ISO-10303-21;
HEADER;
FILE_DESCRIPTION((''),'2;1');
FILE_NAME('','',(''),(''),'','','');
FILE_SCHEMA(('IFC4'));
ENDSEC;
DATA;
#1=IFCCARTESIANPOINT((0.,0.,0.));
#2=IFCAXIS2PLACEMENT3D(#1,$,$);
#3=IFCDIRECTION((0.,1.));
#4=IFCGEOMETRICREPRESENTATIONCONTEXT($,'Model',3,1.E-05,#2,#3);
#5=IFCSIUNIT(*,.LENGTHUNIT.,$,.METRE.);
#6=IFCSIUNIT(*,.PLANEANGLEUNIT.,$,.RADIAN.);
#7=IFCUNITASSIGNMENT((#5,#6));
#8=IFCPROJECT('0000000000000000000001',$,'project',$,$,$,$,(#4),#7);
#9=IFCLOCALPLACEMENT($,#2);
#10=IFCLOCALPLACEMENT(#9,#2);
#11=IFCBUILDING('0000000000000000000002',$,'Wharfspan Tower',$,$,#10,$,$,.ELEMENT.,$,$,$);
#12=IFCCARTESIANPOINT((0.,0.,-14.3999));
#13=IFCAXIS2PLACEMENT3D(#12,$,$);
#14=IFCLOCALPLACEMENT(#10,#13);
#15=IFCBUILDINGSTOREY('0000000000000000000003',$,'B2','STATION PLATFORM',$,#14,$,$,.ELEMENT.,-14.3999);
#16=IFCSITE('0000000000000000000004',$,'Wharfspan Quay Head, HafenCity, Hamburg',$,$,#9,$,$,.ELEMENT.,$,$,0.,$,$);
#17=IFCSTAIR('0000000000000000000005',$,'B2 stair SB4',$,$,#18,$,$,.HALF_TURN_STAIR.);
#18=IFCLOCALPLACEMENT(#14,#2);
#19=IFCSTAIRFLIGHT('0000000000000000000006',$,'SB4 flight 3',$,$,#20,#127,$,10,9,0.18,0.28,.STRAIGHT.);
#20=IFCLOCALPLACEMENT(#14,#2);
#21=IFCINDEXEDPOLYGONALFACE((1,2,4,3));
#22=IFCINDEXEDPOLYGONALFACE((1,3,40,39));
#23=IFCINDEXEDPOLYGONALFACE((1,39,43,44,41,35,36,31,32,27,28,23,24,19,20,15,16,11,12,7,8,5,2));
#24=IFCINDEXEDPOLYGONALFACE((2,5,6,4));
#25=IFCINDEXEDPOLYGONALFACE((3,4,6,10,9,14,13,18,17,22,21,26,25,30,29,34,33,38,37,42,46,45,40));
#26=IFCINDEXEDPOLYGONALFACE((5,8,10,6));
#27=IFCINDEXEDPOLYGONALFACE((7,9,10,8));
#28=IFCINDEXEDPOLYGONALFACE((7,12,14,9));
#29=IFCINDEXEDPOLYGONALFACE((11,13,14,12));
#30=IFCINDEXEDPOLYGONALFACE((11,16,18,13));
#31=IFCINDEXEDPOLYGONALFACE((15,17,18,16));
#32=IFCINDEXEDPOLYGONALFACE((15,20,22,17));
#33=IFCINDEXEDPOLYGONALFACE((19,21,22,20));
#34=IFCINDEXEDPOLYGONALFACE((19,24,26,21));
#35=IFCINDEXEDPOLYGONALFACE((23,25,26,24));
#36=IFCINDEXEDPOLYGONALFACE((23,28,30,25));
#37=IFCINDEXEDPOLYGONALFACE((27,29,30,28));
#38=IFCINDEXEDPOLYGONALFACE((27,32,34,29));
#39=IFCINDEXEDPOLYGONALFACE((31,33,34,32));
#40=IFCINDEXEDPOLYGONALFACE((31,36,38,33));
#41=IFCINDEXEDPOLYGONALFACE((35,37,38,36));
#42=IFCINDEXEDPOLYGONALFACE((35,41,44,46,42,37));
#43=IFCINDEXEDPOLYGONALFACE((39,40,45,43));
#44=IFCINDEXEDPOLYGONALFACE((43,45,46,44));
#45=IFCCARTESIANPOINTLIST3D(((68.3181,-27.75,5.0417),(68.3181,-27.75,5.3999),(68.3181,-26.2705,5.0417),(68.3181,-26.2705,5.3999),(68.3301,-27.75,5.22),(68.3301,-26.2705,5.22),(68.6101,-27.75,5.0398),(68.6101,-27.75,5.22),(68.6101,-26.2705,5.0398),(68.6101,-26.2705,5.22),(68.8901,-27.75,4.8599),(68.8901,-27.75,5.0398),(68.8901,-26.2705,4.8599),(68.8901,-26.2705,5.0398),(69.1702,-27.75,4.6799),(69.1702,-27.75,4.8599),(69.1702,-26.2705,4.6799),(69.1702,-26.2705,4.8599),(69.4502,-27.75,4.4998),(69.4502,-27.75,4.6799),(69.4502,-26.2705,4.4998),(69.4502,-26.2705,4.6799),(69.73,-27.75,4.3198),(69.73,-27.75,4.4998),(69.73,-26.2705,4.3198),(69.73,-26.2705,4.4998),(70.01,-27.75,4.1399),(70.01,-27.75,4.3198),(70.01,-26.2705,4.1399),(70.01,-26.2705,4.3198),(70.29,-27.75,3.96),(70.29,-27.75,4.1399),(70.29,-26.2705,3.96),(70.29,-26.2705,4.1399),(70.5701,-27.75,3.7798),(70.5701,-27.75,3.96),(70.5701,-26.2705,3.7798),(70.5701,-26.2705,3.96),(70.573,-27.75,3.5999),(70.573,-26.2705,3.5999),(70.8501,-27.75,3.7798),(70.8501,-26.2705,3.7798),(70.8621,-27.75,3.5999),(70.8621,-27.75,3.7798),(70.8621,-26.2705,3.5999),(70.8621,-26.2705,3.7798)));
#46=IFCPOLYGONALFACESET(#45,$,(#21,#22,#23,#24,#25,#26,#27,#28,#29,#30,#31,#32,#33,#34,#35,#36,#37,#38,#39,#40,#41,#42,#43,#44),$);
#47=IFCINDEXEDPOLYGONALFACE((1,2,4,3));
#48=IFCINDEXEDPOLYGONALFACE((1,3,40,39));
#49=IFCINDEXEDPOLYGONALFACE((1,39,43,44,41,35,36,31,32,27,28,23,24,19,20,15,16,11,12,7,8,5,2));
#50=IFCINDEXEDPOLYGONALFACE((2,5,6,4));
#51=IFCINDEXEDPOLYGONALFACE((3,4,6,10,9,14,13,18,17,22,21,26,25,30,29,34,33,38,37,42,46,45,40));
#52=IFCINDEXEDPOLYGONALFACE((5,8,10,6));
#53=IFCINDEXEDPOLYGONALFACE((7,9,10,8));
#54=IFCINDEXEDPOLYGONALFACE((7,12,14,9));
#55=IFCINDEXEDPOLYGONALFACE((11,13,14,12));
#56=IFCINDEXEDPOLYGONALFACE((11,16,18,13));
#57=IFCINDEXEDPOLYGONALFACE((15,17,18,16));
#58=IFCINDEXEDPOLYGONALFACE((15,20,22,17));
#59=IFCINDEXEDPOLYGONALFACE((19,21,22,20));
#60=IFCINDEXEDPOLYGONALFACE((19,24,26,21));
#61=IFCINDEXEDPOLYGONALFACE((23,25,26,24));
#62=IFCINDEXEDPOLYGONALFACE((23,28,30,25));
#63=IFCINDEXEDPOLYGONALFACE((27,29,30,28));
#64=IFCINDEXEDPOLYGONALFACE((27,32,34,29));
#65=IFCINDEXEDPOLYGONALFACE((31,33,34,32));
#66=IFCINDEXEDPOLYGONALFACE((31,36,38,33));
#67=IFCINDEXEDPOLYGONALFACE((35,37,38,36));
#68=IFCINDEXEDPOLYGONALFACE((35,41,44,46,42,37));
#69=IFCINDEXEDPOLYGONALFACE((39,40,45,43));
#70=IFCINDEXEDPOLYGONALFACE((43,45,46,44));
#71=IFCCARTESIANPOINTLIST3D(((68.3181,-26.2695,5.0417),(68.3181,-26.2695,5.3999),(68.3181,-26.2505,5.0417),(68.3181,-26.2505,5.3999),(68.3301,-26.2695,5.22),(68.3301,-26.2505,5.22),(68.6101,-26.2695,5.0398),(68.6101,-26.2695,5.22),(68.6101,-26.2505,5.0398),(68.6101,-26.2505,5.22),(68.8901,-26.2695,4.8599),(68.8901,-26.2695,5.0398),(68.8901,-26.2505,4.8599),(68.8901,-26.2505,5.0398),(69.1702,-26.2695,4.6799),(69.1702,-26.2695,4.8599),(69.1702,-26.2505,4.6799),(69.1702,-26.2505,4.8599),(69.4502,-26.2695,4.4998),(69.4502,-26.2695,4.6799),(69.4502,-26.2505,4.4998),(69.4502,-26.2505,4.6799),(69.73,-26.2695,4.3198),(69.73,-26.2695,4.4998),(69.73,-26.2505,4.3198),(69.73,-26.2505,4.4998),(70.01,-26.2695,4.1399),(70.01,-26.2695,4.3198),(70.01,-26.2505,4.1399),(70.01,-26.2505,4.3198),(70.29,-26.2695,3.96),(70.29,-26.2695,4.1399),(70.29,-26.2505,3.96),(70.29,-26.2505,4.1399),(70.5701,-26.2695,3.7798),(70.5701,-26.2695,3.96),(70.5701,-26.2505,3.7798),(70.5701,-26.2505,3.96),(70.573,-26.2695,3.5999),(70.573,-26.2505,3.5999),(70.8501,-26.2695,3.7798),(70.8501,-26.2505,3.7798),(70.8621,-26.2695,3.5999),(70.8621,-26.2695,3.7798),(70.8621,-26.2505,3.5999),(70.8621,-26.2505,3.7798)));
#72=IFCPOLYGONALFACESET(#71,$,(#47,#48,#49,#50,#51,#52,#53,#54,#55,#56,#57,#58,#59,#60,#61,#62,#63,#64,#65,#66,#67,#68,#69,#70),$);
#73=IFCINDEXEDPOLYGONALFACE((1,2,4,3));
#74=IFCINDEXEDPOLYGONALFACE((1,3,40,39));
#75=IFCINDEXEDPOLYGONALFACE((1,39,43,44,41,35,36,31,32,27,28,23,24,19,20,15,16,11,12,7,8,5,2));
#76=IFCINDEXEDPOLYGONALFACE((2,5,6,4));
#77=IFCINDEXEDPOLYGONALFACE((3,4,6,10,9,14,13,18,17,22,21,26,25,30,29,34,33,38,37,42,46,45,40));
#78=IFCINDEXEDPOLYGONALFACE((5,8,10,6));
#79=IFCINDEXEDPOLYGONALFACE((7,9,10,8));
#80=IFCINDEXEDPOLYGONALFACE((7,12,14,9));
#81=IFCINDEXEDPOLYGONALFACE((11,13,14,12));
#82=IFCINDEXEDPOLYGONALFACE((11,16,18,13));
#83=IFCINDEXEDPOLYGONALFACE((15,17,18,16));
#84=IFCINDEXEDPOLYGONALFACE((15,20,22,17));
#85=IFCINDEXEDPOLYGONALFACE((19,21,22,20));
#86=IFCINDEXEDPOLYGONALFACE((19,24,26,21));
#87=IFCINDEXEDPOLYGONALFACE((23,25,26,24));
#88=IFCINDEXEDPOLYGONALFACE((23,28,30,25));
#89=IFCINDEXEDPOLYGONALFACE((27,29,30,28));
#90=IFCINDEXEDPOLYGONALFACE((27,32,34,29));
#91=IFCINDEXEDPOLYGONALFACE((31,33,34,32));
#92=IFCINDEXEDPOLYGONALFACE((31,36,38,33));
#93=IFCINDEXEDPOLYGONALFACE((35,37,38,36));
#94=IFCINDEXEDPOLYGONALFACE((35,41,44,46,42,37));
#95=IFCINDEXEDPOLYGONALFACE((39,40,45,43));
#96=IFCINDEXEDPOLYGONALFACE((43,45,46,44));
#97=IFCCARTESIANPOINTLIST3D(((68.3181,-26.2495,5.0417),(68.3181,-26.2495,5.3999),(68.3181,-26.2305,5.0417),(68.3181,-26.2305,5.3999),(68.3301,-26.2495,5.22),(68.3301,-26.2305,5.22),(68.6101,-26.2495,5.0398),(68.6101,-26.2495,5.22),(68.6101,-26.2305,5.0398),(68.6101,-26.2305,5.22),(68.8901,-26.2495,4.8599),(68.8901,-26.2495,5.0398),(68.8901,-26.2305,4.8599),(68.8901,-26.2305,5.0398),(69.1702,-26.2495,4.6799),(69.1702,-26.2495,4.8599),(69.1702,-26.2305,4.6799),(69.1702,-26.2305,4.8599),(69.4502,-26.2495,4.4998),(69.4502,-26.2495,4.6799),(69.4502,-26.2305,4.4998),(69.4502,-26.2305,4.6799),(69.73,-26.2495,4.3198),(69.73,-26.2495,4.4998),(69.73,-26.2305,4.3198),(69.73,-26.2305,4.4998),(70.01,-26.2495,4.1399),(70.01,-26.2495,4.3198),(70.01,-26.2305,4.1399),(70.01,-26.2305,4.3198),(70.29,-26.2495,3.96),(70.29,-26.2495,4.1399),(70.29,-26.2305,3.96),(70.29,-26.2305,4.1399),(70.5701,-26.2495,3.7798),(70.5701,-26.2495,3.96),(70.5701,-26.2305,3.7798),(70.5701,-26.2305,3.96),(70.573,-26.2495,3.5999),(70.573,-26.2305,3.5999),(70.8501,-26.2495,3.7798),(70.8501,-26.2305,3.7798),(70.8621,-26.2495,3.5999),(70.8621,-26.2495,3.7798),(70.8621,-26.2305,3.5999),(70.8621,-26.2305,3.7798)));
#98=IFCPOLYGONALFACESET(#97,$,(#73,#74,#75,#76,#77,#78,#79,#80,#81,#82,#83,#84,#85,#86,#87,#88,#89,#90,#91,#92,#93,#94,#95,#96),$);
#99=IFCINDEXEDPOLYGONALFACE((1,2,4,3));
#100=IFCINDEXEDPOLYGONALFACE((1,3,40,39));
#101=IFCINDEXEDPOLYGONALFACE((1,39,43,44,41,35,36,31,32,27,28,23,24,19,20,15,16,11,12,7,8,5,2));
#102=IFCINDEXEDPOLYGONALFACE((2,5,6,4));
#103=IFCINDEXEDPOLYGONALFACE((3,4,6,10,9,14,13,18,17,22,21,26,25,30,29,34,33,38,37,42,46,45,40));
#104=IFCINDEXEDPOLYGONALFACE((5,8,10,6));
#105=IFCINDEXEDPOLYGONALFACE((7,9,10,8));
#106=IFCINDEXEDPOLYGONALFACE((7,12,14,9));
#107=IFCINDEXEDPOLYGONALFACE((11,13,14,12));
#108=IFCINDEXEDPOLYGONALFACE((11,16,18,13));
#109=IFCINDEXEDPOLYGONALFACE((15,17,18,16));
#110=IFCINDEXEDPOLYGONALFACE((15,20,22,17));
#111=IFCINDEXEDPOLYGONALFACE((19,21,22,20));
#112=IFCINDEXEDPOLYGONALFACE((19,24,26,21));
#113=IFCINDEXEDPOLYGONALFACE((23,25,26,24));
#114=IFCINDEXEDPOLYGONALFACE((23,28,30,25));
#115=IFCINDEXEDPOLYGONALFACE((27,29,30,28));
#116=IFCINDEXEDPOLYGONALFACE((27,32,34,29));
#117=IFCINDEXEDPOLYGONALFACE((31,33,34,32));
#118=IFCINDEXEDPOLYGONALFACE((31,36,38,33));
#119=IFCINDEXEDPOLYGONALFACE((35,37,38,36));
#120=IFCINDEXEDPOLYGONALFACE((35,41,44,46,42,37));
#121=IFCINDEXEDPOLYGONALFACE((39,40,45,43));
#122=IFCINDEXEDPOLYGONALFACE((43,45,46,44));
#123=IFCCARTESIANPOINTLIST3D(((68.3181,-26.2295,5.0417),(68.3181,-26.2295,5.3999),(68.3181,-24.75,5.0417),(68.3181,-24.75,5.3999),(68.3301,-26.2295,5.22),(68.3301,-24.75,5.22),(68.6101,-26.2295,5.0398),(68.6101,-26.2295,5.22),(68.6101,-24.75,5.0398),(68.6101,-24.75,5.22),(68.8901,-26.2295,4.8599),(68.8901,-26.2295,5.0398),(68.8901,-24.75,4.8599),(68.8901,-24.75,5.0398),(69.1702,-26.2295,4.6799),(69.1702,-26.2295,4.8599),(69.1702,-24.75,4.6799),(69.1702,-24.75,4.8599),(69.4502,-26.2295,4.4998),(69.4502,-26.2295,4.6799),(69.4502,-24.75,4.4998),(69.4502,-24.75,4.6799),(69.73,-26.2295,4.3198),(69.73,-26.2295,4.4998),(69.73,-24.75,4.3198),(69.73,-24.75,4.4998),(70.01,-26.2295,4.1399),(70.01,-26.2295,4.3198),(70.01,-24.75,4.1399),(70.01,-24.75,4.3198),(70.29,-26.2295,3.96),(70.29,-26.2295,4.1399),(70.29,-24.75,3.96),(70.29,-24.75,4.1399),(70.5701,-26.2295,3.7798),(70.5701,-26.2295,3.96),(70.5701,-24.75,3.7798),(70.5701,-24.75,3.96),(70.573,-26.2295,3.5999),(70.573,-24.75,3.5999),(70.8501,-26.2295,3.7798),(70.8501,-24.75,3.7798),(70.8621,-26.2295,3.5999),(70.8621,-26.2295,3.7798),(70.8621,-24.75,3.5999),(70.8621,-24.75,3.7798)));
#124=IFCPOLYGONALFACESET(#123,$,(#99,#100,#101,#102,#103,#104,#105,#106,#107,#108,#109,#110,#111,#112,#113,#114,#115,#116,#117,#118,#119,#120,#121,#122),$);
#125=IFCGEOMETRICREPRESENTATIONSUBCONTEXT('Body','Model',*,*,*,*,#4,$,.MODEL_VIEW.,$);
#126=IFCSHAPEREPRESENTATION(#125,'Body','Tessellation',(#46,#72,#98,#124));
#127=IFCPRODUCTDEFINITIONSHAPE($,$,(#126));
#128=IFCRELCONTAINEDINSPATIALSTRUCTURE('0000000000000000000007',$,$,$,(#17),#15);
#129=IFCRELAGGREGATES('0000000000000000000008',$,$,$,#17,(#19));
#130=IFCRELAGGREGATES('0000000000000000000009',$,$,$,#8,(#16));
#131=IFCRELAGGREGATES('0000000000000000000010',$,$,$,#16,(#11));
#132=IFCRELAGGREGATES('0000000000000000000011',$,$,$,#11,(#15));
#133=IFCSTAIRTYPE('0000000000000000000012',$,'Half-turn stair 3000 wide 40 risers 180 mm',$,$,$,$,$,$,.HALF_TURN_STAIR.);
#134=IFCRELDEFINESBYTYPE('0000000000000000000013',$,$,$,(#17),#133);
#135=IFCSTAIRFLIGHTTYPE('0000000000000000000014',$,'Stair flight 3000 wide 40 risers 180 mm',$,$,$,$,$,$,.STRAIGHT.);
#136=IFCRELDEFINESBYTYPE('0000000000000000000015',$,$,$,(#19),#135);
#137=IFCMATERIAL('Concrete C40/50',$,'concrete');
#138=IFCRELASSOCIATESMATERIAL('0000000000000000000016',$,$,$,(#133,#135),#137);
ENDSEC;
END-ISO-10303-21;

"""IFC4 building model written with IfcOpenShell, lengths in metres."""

from ifc_helpers import new_model, si_unit, direction, frame, origin, place, context, subcontext, project, spatial, polyline, outline, extrude, material, type_object, element, aggregate, save


model = new_model("IFC4")

# Units and contexts
model_context = context("Model", 3, precision=1e-05, world=origin(), true_north=direction((0.0, 1.0)))
body_context = subcontext(model_context, "Body", "Model", "MODEL_VIEW")
ifc_project = project(units=[si_unit("LENGTHUNIT", "METRE"), si_unit("PLANEANGLEUNIT", "RADIAN")], contexts=[model_context])

# Site, building, storey
site_placement = place(None, origin())
site = spatial("IfcSite", under=ifc_project, at=site_placement, Name="Wharfspan Quay Head, HafenCity, Hamburg", CompositionType="ELEMENT", RefElevation=0.0)
building_placement = place(site_placement, origin())
building = spatial("IfcBuilding", under=site, at=building_placement, Name="Wharfspan Tower", CompositionType="ELEMENT")
storey_placement = place(building_placement, frame((0.0, 0.0, -14.3999)))
storey = spatial("IfcBuildingStorey", under=building, at=storey_placement, Name="B2", Description="STATION PLATFORM", CompositionType="ELEMENT", Elevation=-14.3999)

# Shared definitions
ifc_material_1 = material(Name="Concrete C40/50", Category="concrete")

# Stair, stair flight
stair_type = type_object("IfcStairType", Name="Half-turn stair 3000 wide 40 risers 180 mm", PredefinedType="HALF_TURN_STAIR", material=ifc_material_1)
stair_1_placement = place(storey_placement, origin())
stair_1 = element("IfcStair", 1, at=stair_1_placement, inside=storey, type_object=stair_type, Name="B2 stair SB4", PredefinedType="HALF_TURN_STAIR")
stair_flight_type = type_object("IfcStairFlightType", Name="Stair flight 3000 wide 40 risers 180 mm", PredefinedType="STRAIGHT", material=ifc_material_1)
stair_flight_1_placement = place(storey_placement, frame((70.8501, -26.25, 3.5999), z_axis=(0.0, 0.0, 1.0), x_axis=(-1.0, 0.0, 0.0)))
stair_flight_1 = element("IfcStairFlight", 2, at=stair_flight_1_placement, type_object=stair_flight_type, Name="SB4 flight 3", NumberOfRisers=10, NumberOfTreads=9, PredefinedType="STRAIGHT", RiserHeight=0.18, TreadLength=0.28, context=body_context, shape_type="SweptSolid", body=[
    extrude(outline(polyline([(-0.012, 0.0), (-0.012, 0.1799), (0.0, 0.1799), (0.28, 0.1799), (0.28, 0.3601), (0.5601, 0.3601), (0.5601, 0.54), (0.8401, 0.54), (0.8401, 0.72), (1.1201, 0.72), (1.1201, 0.8999), (1.3999, 0.8999), (1.3999, 1.0801), (1.6799, 1.0801), (1.6799, 1.26), (1.96, 1.26), (1.96, 1.4399), (2.24, 1.4399), (2.24, 1.6201), (2.52, 1.6201), (2.532, 1.8), (2.532, 1.4419), (0.2771, 0.0), (-0.012, 0.0)])), frame((0.0, 1.5, 0.0), z_axis=(0.0, -1.0, 0.0), x_axis=(1.0, 0.0, 0.0)), (0.0, 0.0, 1.0), 1.4795),
    extrude(outline(polyline([(-0.012, 0.0), (-0.012, 0.1799), (0.0, 0.1799), (0.28, 0.1799), (0.28, 0.3601), (0.5601, 0.3601), (0.5601, 0.54), (0.8401, 0.54), (0.8401, 0.72), (1.1201, 0.72), (1.1201, 0.8999), (1.3999, 0.8999), (1.3999, 1.0801), (1.6799, 1.0801), (1.6799, 1.26), (1.96, 1.26), (1.96, 1.4399), (2.24, 1.4399), (2.24, 1.6201), (2.52, 1.6201), (2.532, 1.8), (2.532, 1.4419), (0.2771, 0.0), (-0.012, 0.0)])), frame((0.0, 0.0195, 0.0), z_axis=(0.0, -1.0, 0.0), x_axis=(1.0, 0.0, 0.0)), (0.0, 0.0, 1.0), 0.019),
    extrude(outline(polyline([(-0.012, 0.0), (-0.012, 0.1799), (0.0, 0.1799), (0.28, 0.1799), (0.28, 0.3601), (0.5601, 0.3601), (0.5601, 0.54), (0.8401, 0.54), (0.8401, 0.72), (1.1201, 0.72), (1.1201, 0.8999), (1.3999, 0.8999), (1.3999, 1.0801), (1.6799, 1.0801), (1.6799, 1.26), (1.96, 1.26), (1.96, 1.4399), (2.24, 1.4399), (2.24, 1.6201), (2.52, 1.6201), (2.532, 1.8), (2.532, 1.4419), (0.2771, 0.0), (-0.012, 0.0)])), frame((0.0, -0.0005, 0.0), z_axis=(0.0, -1.0, 0.0), x_axis=(1.0, 0.0, 0.0)), (0.0, 0.0, 1.0), 0.019),
    extrude(outline(polyline([(-0.012, 0.0), (-0.012, 0.1799), (0.0, 0.1799), (0.28, 0.1799), (0.28, 0.3601), (0.5601, 0.3601), (0.5601, 0.54), (0.8401, 0.54), (0.8401, 0.72), (1.1201, 0.72), (1.1201, 0.8999), (1.3999, 0.8999), (1.3999, 1.0801), (1.6799, 1.0801), (1.6799, 1.26), (1.96, 1.26), (1.96, 1.4399), (2.24, 1.4399), (2.24, 1.6201), (2.52, 1.6201), (2.532, 1.8), (2.532, 1.4419), (0.2771, 0.0), (-0.012, 0.0)])), frame((0.0, -0.0205, 0.0), z_axis=(0.0, -1.0, 0.0), x_axis=(1.0, 0.0, 0.0)), (0.0, 0.0, 1.0), 1.4795),
])
aggregate(stair_1, [stair_flight_1])

save(model, "model.ifc")
